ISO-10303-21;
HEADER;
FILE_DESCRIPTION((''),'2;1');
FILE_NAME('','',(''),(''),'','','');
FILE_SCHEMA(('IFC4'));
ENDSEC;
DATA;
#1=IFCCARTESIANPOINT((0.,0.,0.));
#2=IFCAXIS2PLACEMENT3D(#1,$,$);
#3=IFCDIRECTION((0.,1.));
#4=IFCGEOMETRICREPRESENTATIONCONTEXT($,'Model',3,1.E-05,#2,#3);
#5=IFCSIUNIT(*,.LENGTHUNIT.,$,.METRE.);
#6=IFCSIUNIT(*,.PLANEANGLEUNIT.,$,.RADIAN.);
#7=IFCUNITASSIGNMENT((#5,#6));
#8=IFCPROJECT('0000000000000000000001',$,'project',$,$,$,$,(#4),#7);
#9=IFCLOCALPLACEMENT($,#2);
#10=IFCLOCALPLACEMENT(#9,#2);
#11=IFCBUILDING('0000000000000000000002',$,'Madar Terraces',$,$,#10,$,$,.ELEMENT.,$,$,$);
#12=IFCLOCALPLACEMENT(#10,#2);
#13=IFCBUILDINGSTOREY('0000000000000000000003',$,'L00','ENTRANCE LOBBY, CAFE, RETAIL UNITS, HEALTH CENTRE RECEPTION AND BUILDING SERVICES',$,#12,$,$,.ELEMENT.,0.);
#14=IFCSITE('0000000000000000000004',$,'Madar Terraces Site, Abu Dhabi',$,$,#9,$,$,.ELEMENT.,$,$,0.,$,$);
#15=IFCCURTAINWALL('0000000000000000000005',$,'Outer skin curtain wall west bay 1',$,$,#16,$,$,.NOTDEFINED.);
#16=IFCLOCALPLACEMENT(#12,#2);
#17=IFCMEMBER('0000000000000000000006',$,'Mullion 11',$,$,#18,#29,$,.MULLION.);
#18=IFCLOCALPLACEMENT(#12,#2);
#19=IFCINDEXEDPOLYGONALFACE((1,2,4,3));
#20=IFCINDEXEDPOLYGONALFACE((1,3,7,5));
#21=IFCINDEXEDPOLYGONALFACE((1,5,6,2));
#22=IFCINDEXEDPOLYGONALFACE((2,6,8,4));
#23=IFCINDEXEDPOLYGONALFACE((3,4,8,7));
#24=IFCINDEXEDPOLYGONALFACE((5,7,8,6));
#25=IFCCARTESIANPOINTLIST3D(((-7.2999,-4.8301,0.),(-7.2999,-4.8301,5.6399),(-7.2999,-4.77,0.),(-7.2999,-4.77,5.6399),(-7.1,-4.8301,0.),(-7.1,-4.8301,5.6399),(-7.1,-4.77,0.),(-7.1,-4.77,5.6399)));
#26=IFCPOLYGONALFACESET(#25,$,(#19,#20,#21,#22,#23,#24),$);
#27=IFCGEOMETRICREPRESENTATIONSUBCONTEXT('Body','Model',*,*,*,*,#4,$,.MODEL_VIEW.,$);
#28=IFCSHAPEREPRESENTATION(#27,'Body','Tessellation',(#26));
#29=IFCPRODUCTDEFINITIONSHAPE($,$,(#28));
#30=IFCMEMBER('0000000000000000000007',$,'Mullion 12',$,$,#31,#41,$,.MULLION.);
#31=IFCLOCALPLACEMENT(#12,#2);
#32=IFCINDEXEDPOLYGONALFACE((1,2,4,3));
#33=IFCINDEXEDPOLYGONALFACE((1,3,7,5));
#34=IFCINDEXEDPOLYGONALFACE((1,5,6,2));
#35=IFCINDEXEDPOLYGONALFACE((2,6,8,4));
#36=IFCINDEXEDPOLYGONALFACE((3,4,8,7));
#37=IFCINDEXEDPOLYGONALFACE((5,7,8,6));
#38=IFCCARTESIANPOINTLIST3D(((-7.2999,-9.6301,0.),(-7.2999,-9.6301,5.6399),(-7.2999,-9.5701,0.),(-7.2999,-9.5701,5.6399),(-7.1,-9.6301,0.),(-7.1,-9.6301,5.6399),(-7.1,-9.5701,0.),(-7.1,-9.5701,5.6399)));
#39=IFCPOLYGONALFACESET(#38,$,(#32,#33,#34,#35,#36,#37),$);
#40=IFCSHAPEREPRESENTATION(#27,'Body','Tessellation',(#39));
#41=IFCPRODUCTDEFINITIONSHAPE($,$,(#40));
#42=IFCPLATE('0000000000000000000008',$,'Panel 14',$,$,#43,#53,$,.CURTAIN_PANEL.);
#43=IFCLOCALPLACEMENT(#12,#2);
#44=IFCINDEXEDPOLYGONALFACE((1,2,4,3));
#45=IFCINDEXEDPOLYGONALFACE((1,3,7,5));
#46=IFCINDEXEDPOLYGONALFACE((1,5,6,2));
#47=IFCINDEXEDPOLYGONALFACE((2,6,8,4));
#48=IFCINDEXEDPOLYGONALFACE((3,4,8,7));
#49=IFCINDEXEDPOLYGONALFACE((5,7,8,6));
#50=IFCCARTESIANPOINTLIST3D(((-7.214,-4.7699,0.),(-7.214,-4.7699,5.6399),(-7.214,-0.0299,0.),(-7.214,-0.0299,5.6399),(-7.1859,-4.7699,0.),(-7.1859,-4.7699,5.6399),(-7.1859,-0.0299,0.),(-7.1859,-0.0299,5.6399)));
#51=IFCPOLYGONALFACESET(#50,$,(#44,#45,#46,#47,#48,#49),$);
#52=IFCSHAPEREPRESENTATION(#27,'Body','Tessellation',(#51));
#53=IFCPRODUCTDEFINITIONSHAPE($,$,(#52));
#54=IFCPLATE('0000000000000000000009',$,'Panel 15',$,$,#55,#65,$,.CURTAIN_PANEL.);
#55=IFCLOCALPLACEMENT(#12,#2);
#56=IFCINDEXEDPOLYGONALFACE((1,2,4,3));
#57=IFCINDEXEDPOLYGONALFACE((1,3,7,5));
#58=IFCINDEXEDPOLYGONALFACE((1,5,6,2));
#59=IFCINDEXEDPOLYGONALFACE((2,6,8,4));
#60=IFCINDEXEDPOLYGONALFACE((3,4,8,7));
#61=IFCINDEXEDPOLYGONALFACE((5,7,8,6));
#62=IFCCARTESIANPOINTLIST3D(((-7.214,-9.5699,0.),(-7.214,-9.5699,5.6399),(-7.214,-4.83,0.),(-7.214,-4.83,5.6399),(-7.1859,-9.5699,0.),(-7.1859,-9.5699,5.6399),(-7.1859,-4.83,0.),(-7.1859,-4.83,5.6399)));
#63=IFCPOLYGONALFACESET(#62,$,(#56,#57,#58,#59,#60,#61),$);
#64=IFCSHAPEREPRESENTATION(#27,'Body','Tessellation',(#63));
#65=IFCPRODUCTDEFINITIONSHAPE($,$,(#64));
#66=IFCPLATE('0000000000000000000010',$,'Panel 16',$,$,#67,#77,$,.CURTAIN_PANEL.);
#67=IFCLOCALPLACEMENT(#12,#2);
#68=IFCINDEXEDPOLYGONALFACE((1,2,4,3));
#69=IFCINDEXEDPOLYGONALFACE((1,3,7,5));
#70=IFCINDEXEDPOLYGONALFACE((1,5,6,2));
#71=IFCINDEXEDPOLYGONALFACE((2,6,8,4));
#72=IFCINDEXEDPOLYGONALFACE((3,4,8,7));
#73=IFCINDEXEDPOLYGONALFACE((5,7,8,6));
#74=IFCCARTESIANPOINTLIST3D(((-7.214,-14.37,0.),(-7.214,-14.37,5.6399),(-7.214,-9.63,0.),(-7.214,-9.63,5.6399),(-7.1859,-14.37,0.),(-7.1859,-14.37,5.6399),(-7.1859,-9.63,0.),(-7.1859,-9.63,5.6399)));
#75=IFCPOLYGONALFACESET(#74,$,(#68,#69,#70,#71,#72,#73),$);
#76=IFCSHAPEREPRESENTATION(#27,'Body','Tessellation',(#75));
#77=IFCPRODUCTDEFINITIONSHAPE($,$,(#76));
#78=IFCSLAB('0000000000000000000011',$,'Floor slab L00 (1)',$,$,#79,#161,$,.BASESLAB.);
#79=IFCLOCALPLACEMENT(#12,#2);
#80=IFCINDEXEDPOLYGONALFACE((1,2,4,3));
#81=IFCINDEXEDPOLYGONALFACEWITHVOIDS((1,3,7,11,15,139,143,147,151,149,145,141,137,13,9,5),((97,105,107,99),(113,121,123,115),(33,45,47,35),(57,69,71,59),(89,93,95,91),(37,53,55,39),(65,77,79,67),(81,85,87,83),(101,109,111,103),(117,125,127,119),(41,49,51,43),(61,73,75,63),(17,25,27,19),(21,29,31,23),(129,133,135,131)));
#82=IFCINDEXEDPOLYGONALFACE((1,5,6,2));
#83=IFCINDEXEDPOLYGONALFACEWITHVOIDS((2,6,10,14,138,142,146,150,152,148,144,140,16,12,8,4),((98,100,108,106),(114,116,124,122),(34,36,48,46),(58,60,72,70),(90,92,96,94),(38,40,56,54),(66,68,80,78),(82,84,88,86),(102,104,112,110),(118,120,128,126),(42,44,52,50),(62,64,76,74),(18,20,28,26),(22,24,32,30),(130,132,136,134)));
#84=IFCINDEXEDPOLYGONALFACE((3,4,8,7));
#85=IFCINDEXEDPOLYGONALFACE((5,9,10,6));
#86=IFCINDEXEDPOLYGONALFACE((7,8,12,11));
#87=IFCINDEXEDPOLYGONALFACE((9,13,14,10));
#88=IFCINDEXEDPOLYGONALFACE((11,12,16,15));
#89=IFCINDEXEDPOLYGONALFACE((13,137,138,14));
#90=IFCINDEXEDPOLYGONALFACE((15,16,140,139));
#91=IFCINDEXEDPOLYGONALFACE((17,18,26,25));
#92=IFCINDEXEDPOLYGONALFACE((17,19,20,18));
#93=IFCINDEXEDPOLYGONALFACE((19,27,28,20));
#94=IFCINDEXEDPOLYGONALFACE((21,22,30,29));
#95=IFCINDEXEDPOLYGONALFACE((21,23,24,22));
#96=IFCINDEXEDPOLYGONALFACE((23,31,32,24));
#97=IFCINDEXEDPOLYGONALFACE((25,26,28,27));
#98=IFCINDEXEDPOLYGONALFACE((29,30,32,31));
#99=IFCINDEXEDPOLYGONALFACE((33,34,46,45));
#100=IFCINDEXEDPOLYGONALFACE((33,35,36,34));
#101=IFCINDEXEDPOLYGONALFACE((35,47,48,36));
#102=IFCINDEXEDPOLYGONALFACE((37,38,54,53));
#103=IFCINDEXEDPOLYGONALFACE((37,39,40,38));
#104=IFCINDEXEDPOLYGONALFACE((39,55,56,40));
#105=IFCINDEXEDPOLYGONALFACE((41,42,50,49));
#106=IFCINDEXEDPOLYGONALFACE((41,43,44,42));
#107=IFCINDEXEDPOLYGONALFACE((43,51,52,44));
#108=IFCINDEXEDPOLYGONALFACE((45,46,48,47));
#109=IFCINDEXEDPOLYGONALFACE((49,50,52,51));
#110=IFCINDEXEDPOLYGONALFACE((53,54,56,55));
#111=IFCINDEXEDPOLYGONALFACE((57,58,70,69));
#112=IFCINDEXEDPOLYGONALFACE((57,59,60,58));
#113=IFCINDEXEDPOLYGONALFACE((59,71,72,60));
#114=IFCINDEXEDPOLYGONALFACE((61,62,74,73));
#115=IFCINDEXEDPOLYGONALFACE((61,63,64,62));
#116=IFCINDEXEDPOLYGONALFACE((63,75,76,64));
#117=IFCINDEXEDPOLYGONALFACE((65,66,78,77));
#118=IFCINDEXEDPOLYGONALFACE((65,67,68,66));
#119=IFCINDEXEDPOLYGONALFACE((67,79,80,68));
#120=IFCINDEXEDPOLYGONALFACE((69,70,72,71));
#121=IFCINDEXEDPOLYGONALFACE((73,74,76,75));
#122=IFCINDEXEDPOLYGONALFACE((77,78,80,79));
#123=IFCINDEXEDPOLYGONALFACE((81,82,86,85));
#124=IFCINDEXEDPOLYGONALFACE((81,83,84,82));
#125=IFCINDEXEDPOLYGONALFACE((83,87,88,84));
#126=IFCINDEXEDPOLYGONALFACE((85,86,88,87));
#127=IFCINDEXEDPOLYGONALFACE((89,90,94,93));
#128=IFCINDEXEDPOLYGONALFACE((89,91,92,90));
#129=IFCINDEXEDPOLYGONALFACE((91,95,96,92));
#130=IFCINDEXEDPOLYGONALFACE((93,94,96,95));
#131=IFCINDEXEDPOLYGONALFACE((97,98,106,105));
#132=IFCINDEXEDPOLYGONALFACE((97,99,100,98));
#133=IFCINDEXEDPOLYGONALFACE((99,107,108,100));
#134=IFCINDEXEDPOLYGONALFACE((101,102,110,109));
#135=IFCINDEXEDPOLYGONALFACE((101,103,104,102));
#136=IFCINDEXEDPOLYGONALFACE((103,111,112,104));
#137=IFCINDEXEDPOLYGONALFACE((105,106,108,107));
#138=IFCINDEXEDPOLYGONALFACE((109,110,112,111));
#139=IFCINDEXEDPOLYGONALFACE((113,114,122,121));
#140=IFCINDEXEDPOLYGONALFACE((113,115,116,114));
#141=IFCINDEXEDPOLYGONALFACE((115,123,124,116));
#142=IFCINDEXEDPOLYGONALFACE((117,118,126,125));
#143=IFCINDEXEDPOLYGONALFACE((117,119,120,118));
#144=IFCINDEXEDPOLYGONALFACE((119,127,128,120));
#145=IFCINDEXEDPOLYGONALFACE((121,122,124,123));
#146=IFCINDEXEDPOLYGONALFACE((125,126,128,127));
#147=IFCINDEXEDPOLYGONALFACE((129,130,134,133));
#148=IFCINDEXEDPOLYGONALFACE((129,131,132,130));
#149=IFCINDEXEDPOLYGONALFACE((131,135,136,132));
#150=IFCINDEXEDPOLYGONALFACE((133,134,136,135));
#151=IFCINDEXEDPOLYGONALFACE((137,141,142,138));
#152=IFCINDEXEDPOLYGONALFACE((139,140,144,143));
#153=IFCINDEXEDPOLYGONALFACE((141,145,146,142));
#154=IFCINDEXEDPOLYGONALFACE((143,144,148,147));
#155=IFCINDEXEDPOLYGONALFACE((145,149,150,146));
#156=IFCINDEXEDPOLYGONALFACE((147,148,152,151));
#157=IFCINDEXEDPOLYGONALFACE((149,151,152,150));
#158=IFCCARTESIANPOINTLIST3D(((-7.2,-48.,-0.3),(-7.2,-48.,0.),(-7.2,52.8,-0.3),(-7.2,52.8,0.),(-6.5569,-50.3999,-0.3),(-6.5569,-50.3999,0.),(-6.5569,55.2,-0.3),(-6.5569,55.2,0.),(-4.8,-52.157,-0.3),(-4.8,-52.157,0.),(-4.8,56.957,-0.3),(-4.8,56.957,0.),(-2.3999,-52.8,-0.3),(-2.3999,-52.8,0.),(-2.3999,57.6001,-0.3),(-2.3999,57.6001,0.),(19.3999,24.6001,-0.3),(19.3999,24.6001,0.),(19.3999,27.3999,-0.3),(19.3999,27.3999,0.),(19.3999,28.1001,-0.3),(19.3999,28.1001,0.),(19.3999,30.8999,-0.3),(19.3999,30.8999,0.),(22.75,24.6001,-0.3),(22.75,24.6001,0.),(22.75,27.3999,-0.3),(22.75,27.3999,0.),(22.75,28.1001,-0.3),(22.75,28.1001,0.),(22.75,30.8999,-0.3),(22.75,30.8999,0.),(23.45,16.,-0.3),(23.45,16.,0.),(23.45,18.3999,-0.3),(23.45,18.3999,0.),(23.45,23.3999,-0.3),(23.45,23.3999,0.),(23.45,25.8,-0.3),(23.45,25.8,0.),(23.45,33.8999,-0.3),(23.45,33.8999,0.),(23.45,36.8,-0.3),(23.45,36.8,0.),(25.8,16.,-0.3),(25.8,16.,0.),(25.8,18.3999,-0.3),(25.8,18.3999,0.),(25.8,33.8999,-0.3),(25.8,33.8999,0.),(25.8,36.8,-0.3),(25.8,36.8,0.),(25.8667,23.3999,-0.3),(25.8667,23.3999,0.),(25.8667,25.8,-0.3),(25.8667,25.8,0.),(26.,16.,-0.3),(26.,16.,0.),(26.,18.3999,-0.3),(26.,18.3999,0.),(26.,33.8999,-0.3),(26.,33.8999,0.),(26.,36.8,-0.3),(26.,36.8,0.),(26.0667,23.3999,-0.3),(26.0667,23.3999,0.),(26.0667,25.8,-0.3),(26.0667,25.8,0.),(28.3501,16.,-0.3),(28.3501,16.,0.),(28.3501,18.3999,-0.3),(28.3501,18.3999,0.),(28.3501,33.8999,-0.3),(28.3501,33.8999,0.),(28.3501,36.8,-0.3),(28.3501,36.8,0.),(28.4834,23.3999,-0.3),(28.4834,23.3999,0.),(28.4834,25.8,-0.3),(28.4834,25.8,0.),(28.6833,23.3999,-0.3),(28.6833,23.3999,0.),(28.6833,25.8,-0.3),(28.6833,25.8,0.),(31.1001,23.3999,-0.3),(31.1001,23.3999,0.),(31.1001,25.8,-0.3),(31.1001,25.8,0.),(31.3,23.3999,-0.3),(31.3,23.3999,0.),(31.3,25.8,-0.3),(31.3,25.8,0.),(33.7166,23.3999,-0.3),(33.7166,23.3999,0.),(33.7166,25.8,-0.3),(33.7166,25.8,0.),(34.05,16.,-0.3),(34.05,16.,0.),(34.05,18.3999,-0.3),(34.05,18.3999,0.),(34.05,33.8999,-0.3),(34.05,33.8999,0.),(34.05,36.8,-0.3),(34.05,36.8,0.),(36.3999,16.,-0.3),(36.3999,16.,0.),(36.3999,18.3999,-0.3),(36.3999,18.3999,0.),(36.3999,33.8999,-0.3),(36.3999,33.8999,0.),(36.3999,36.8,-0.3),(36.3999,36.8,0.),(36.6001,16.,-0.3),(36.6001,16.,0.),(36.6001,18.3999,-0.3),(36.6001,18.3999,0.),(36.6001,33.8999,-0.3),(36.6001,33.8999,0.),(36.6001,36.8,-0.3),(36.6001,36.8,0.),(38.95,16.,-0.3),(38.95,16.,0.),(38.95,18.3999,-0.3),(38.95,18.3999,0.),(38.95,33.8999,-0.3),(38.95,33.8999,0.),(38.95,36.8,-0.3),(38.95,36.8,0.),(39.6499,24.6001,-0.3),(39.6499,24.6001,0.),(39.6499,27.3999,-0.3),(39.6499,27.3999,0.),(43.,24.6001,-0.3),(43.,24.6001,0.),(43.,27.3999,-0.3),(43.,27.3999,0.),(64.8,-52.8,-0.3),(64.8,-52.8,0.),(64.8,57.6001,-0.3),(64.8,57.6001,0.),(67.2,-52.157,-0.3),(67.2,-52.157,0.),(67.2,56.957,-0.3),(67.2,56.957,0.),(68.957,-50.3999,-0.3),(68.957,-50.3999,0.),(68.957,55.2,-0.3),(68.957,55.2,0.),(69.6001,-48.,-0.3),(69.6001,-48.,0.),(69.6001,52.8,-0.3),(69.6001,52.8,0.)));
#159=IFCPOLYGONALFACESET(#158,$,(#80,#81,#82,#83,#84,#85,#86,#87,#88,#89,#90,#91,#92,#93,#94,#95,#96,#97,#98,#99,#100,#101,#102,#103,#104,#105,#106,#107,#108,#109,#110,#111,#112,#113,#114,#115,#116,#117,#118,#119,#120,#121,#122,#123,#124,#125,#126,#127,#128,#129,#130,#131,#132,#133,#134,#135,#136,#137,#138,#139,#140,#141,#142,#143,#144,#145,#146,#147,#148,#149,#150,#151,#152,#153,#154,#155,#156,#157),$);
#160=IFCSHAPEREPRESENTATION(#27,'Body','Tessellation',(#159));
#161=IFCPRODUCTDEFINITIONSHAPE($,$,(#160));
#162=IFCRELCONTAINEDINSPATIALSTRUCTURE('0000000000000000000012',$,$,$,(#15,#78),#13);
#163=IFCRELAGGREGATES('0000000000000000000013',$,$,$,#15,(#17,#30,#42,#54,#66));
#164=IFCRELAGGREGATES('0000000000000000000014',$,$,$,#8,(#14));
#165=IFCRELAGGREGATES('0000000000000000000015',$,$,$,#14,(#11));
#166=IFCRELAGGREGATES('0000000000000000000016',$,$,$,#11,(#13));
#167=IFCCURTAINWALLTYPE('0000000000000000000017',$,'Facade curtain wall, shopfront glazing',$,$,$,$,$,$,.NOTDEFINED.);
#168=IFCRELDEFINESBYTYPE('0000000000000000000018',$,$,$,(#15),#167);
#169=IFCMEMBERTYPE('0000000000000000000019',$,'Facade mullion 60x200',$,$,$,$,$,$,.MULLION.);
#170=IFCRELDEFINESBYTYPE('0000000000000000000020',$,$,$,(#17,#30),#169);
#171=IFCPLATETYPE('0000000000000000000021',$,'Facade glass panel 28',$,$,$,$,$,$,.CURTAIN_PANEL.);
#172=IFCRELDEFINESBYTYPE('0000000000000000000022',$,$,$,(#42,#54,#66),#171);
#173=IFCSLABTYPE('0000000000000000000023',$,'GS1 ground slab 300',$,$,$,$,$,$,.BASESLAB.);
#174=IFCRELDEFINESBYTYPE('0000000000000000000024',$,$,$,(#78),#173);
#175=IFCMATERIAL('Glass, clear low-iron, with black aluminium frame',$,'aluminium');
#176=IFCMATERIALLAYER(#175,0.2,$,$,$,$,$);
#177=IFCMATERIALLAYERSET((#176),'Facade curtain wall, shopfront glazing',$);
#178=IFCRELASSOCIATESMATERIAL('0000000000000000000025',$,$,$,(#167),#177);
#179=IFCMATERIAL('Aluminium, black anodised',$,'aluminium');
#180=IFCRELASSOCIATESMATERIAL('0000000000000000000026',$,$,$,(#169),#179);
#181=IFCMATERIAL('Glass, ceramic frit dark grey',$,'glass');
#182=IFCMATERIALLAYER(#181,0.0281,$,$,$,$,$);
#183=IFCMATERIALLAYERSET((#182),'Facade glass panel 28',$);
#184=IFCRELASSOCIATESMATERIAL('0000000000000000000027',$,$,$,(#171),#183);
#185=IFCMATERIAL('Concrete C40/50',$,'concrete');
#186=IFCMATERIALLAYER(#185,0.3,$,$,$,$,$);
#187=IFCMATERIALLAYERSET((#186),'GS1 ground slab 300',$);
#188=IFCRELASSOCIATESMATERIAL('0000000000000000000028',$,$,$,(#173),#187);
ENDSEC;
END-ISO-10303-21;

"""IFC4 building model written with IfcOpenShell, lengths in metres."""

from ifc_helpers import new_model, si_unit, direction, frame, origin, origin_2d, place, context, subcontext, project, spatial, polyline, rectangle, outline, extrude, material, layer, layer_set, material_profile, profile_set, type_object, element, aggregate, save


model = new_model("IFC4")

# Units and contexts
model_context = context("Model", 3, precision=1e-05, world=origin(), true_north=direction((0.0, 1.0)))
body_context = subcontext(model_context, "Body", "Model", "MODEL_VIEW")
ifc_project = project(units=[si_unit("LENGTHUNIT", "METRE"), si_unit("PLANEANGLEUNIT", "RADIAN")], contexts=[model_context])

# Site, building, storey
site_placement = place(None, origin())
site = spatial("IfcSite", under=ifc_project, at=site_placement, Name="Madar Terraces Site, Abu Dhabi", CompositionType="ELEMENT", RefElevation=0.0)
building_placement = place(site_placement, origin())
building = spatial("IfcBuilding", under=site, at=building_placement, Name="Madar Terraces", CompositionType="ELEMENT")
storey_placement = place(building_placement, origin())
storey = spatial("IfcBuildingStorey", under=building, at=storey_placement, Name="L00", Description="ENTRANCE LOBBY, CAFE, RETAIL UNITS, HEALTH CENTRE RECEPTION AND BUILDING SERVICES", CompositionType="ELEMENT", Elevation=0.0)

# Curtain wall, members, plates
ifc_material_1 = material(Name="Glass, clear low-iron, with black aluminium frame", Category="aluminium")
ifc_layer_1 = layer(ifc_material_1, 0.2)
ifc_layer_set_1 = layer_set([ifc_layer_1], Name="Facade curtain wall, shopfront glazing")
curtain_wall_type = type_object("IfcCurtainWallType", Name="Facade curtain wall, shopfront glazing", PredefinedType="NOTDEFINED", material=ifc_layer_set_1)
curtain_wall_placement = place(storey_placement, origin())
curtain_wall = element("IfcCurtainWall", 1, at=curtain_wall_placement, inside=storey, type_object=curtain_wall_type, Name="Outer skin curtain wall west bay 1", PredefinedType="NOTDEFINED")
ifc_material_2 = material(Name="Aluminium, black anodised", Category="aluminium")
ifc_material_profile_1 = material_profile(ifc_material_2, rectangle(XDim=0.2, YDim=0.0601, at=origin_2d()), Name="Facade mullion 60x200")
ifc_profile_set_1 = profile_set([ifc_material_profile_1], Name="Aluminium, black anodised")
member_type = type_object("IfcMemberType", Name="Facade mullion 60x200", PredefinedType="MULLION", material=ifc_profile_set_1)
member_1_placement = place(storey_placement, frame((-7.2, -4.8, 0.0), z_axis=(0.0, 0.0, 1.0), x_axis=(1.0, 0.0, 0.0)))
member_1 = element("IfcMember", 2, at=member_1_placement, type_object=member_type, Name="Mullion 11", PredefinedType="MULLION", context=body_context, shape_type="SweptSolid", body=[
    extrude(rectangle(XDim=0.2, YDim=0.0601, at=origin_2d()), origin(), (0.0, 0.0, 1.0), 5.6399),
])
member_2_placement = place(storey_placement, frame((-7.2, -9.6001, 0.0), z_axis=(0.0, 0.0, 1.0), x_axis=(1.0, 0.0, 0.0)))
member_2 = element("IfcMember", 3, at=member_2_placement, type_object=member_type, Name="Mullion 12", PredefinedType="MULLION", context=body_context, shape_type="SweptSolid", body=[
    extrude(rectangle(XDim=0.2, YDim=0.0601, at=origin_2d()), origin(), (0.0, 0.0, 1.0), 5.6399),
])
ifc_material_3 = material(Name="Glass, ceramic frit dark grey", Category="glass")
ifc_layer_2 = layer(ifc_material_3, 0.0281)
ifc_layer_set_2 = layer_set([ifc_layer_2], Name="Facade glass panel 28")
plate_type = type_object("IfcPlateType", Name="Facade glass panel 28", PredefinedType="CURTAIN_PANEL", material=ifc_layer_set_2)
plate_1_placement = place(storey_placement, frame((-7.2, -2.3999, 0.0), z_axis=(0.0, 0.0, 1.0), x_axis=(0.0, -1.0, 0.0)))
plate_1 = element("IfcPlate", 4, at=plate_1_placement, type_object=plate_type, Name="Panel 14", PredefinedType="CURTAIN_PANEL", context=body_context, shape_type="SweptSolid", body=[
    extrude(rectangle(XDim=4.74, YDim=0.0281, at=origin_2d()), origin(), (0.0, 0.0, 1.0), 5.6399),
])
plate_2_placement = place(storey_placement, frame((-7.2, -7.2, 0.0), z_axis=(0.0, 0.0, 1.0), x_axis=(0.0, -1.0, 0.0)))
plate_2 = element("IfcPlate", 5, at=plate_2_placement, type_object=plate_type, Name="Panel 15", PredefinedType="CURTAIN_PANEL", context=body_context, shape_type="SweptSolid", body=[
    extrude(rectangle(XDim=4.74, YDim=0.0281, at=origin_2d()), origin(), (0.0, 0.0, 1.0), 5.6399),
])
plate_3_placement = place(storey_placement, frame((-7.2, -12.0, 0.0), z_axis=(0.0, 0.0, 1.0), x_axis=(0.0, -1.0, 0.0)))
plate_3 = element("IfcPlate", 6, at=plate_3_placement, type_object=plate_type, Name="Panel 16", PredefinedType="CURTAIN_PANEL", context=body_context, shape_type="SweptSolid", body=[
    extrude(rectangle(XDim=4.74, YDim=0.0281, at=origin_2d()), origin(), (0.0, 0.0, 1.0), 5.6399),
])
aggregate(curtain_wall, [member_1, member_2, plate_1, plate_2, plate_3])

# Slab
ifc_material_4 = material(Name="Concrete C40/50", Category="concrete")
ifc_layer_3 = layer(ifc_material_4, 0.3)
ifc_layer_set_3 = layer_set([ifc_layer_3], Name="GS1 ground slab 300")
slab_type_1 = type_object("IfcSlabType", Name="GS1 ground slab 300", PredefinedType="BASESLAB", material=ifc_layer_set_3)
slab_1_placement = place(storey_placement, frame((0.0, 0.0, -0.3)))
element("IfcSlab", 7, at=slab_1_placement, inside=storey, type_object=slab_type_1, Name="Floor slab L00 (1)", PredefinedType="BASESLAB", context=body_context, shape_type="SweptSolid", body=[
    extrude(outline(polyline([(64.8, -52.8), (67.2, -52.157), (68.957, -50.3999), (69.6001, -48.0), (69.6001, 52.8), (68.957, 55.2), (67.2, 56.957), (64.8, 57.6001), (-2.3999, 57.6001), (-4.8, 56.957), (-6.5569, 55.2), (-7.2, 52.8), (-7.2, -48.0), (-6.5569, -50.3999), (-4.8, -52.157), (-2.3999, -52.8), (64.8, -52.8)]), holes=[polyline([(25.8, 16.0), (23.45, 16.0), (23.45, 18.3999), (25.8, 18.3999), (25.8, 16.0)]), polyline([(26.0, 16.0), (26.0, 18.3999), (28.3501, 18.3999), (28.3501, 16.0), (26.0, 16.0)]), polyline([(23.45, 23.3999), (23.45, 25.8), (25.8667, 25.8), (25.8667, 23.3999), (23.45, 23.3999)]), polyline([(26.0667, 23.3999), (26.0667, 25.8), (28.4834, 25.8), (28.4834, 23.3999), (26.0667, 23.3999)]), polyline([(19.3999, 24.6001), (19.3999, 27.3999), (22.75, 27.3999), (22.75, 24.6001), (19.3999, 24.6001)]), polyline([(19.3999, 28.1001), (19.3999, 30.8999), (22.75, 30.8999), (22.75, 28.1001), (19.3999, 28.1001)]), polyline([(23.45, 33.8999), (23.45, 36.8), (25.8, 36.8), (25.8, 33.8999), (23.45, 33.8999)]), polyline([(26.0, 33.8999), (26.0, 36.8), (28.3501, 36.8), (28.3501, 33.8999), (26.0, 33.8999)]), polyline([(34.05, 16.0), (34.05, 18.3999), (36.3999, 18.3999), (36.3999, 16.0), (34.05, 16.0)]), polyline([(36.6001, 16.0), (36.6001, 18.3999), (38.95, 18.3999), (38.95, 16.0), (36.6001, 16.0)]), polyline([(28.6833, 23.3999), (28.6833, 25.8), (31.1001, 25.8), (31.1001, 23.3999), (28.6833, 23.3999)]), polyline([(31.3, 23.3999), (31.3, 25.8), (33.7166, 25.8), (33.7166, 23.3999), (31.3, 23.3999)]), polyline([(39.6499, 24.6001), (39.6499, 27.3999), (43.0, 27.3999), (43.0, 24.6001), (39.6499, 24.6001)]), polyline([(34.05, 33.8999), (34.05, 36.8), (36.3999, 36.8), (36.3999, 33.8999), (34.05, 33.8999)]), polyline([(36.6001, 33.8999), (36.6001, 36.8), (38.95, 36.8), (38.95, 33.8999), (36.6001, 33.8999)])]), origin(), (0.0, 0.0, 1.0), 0.3),
])

save(model, "model.ifc")
